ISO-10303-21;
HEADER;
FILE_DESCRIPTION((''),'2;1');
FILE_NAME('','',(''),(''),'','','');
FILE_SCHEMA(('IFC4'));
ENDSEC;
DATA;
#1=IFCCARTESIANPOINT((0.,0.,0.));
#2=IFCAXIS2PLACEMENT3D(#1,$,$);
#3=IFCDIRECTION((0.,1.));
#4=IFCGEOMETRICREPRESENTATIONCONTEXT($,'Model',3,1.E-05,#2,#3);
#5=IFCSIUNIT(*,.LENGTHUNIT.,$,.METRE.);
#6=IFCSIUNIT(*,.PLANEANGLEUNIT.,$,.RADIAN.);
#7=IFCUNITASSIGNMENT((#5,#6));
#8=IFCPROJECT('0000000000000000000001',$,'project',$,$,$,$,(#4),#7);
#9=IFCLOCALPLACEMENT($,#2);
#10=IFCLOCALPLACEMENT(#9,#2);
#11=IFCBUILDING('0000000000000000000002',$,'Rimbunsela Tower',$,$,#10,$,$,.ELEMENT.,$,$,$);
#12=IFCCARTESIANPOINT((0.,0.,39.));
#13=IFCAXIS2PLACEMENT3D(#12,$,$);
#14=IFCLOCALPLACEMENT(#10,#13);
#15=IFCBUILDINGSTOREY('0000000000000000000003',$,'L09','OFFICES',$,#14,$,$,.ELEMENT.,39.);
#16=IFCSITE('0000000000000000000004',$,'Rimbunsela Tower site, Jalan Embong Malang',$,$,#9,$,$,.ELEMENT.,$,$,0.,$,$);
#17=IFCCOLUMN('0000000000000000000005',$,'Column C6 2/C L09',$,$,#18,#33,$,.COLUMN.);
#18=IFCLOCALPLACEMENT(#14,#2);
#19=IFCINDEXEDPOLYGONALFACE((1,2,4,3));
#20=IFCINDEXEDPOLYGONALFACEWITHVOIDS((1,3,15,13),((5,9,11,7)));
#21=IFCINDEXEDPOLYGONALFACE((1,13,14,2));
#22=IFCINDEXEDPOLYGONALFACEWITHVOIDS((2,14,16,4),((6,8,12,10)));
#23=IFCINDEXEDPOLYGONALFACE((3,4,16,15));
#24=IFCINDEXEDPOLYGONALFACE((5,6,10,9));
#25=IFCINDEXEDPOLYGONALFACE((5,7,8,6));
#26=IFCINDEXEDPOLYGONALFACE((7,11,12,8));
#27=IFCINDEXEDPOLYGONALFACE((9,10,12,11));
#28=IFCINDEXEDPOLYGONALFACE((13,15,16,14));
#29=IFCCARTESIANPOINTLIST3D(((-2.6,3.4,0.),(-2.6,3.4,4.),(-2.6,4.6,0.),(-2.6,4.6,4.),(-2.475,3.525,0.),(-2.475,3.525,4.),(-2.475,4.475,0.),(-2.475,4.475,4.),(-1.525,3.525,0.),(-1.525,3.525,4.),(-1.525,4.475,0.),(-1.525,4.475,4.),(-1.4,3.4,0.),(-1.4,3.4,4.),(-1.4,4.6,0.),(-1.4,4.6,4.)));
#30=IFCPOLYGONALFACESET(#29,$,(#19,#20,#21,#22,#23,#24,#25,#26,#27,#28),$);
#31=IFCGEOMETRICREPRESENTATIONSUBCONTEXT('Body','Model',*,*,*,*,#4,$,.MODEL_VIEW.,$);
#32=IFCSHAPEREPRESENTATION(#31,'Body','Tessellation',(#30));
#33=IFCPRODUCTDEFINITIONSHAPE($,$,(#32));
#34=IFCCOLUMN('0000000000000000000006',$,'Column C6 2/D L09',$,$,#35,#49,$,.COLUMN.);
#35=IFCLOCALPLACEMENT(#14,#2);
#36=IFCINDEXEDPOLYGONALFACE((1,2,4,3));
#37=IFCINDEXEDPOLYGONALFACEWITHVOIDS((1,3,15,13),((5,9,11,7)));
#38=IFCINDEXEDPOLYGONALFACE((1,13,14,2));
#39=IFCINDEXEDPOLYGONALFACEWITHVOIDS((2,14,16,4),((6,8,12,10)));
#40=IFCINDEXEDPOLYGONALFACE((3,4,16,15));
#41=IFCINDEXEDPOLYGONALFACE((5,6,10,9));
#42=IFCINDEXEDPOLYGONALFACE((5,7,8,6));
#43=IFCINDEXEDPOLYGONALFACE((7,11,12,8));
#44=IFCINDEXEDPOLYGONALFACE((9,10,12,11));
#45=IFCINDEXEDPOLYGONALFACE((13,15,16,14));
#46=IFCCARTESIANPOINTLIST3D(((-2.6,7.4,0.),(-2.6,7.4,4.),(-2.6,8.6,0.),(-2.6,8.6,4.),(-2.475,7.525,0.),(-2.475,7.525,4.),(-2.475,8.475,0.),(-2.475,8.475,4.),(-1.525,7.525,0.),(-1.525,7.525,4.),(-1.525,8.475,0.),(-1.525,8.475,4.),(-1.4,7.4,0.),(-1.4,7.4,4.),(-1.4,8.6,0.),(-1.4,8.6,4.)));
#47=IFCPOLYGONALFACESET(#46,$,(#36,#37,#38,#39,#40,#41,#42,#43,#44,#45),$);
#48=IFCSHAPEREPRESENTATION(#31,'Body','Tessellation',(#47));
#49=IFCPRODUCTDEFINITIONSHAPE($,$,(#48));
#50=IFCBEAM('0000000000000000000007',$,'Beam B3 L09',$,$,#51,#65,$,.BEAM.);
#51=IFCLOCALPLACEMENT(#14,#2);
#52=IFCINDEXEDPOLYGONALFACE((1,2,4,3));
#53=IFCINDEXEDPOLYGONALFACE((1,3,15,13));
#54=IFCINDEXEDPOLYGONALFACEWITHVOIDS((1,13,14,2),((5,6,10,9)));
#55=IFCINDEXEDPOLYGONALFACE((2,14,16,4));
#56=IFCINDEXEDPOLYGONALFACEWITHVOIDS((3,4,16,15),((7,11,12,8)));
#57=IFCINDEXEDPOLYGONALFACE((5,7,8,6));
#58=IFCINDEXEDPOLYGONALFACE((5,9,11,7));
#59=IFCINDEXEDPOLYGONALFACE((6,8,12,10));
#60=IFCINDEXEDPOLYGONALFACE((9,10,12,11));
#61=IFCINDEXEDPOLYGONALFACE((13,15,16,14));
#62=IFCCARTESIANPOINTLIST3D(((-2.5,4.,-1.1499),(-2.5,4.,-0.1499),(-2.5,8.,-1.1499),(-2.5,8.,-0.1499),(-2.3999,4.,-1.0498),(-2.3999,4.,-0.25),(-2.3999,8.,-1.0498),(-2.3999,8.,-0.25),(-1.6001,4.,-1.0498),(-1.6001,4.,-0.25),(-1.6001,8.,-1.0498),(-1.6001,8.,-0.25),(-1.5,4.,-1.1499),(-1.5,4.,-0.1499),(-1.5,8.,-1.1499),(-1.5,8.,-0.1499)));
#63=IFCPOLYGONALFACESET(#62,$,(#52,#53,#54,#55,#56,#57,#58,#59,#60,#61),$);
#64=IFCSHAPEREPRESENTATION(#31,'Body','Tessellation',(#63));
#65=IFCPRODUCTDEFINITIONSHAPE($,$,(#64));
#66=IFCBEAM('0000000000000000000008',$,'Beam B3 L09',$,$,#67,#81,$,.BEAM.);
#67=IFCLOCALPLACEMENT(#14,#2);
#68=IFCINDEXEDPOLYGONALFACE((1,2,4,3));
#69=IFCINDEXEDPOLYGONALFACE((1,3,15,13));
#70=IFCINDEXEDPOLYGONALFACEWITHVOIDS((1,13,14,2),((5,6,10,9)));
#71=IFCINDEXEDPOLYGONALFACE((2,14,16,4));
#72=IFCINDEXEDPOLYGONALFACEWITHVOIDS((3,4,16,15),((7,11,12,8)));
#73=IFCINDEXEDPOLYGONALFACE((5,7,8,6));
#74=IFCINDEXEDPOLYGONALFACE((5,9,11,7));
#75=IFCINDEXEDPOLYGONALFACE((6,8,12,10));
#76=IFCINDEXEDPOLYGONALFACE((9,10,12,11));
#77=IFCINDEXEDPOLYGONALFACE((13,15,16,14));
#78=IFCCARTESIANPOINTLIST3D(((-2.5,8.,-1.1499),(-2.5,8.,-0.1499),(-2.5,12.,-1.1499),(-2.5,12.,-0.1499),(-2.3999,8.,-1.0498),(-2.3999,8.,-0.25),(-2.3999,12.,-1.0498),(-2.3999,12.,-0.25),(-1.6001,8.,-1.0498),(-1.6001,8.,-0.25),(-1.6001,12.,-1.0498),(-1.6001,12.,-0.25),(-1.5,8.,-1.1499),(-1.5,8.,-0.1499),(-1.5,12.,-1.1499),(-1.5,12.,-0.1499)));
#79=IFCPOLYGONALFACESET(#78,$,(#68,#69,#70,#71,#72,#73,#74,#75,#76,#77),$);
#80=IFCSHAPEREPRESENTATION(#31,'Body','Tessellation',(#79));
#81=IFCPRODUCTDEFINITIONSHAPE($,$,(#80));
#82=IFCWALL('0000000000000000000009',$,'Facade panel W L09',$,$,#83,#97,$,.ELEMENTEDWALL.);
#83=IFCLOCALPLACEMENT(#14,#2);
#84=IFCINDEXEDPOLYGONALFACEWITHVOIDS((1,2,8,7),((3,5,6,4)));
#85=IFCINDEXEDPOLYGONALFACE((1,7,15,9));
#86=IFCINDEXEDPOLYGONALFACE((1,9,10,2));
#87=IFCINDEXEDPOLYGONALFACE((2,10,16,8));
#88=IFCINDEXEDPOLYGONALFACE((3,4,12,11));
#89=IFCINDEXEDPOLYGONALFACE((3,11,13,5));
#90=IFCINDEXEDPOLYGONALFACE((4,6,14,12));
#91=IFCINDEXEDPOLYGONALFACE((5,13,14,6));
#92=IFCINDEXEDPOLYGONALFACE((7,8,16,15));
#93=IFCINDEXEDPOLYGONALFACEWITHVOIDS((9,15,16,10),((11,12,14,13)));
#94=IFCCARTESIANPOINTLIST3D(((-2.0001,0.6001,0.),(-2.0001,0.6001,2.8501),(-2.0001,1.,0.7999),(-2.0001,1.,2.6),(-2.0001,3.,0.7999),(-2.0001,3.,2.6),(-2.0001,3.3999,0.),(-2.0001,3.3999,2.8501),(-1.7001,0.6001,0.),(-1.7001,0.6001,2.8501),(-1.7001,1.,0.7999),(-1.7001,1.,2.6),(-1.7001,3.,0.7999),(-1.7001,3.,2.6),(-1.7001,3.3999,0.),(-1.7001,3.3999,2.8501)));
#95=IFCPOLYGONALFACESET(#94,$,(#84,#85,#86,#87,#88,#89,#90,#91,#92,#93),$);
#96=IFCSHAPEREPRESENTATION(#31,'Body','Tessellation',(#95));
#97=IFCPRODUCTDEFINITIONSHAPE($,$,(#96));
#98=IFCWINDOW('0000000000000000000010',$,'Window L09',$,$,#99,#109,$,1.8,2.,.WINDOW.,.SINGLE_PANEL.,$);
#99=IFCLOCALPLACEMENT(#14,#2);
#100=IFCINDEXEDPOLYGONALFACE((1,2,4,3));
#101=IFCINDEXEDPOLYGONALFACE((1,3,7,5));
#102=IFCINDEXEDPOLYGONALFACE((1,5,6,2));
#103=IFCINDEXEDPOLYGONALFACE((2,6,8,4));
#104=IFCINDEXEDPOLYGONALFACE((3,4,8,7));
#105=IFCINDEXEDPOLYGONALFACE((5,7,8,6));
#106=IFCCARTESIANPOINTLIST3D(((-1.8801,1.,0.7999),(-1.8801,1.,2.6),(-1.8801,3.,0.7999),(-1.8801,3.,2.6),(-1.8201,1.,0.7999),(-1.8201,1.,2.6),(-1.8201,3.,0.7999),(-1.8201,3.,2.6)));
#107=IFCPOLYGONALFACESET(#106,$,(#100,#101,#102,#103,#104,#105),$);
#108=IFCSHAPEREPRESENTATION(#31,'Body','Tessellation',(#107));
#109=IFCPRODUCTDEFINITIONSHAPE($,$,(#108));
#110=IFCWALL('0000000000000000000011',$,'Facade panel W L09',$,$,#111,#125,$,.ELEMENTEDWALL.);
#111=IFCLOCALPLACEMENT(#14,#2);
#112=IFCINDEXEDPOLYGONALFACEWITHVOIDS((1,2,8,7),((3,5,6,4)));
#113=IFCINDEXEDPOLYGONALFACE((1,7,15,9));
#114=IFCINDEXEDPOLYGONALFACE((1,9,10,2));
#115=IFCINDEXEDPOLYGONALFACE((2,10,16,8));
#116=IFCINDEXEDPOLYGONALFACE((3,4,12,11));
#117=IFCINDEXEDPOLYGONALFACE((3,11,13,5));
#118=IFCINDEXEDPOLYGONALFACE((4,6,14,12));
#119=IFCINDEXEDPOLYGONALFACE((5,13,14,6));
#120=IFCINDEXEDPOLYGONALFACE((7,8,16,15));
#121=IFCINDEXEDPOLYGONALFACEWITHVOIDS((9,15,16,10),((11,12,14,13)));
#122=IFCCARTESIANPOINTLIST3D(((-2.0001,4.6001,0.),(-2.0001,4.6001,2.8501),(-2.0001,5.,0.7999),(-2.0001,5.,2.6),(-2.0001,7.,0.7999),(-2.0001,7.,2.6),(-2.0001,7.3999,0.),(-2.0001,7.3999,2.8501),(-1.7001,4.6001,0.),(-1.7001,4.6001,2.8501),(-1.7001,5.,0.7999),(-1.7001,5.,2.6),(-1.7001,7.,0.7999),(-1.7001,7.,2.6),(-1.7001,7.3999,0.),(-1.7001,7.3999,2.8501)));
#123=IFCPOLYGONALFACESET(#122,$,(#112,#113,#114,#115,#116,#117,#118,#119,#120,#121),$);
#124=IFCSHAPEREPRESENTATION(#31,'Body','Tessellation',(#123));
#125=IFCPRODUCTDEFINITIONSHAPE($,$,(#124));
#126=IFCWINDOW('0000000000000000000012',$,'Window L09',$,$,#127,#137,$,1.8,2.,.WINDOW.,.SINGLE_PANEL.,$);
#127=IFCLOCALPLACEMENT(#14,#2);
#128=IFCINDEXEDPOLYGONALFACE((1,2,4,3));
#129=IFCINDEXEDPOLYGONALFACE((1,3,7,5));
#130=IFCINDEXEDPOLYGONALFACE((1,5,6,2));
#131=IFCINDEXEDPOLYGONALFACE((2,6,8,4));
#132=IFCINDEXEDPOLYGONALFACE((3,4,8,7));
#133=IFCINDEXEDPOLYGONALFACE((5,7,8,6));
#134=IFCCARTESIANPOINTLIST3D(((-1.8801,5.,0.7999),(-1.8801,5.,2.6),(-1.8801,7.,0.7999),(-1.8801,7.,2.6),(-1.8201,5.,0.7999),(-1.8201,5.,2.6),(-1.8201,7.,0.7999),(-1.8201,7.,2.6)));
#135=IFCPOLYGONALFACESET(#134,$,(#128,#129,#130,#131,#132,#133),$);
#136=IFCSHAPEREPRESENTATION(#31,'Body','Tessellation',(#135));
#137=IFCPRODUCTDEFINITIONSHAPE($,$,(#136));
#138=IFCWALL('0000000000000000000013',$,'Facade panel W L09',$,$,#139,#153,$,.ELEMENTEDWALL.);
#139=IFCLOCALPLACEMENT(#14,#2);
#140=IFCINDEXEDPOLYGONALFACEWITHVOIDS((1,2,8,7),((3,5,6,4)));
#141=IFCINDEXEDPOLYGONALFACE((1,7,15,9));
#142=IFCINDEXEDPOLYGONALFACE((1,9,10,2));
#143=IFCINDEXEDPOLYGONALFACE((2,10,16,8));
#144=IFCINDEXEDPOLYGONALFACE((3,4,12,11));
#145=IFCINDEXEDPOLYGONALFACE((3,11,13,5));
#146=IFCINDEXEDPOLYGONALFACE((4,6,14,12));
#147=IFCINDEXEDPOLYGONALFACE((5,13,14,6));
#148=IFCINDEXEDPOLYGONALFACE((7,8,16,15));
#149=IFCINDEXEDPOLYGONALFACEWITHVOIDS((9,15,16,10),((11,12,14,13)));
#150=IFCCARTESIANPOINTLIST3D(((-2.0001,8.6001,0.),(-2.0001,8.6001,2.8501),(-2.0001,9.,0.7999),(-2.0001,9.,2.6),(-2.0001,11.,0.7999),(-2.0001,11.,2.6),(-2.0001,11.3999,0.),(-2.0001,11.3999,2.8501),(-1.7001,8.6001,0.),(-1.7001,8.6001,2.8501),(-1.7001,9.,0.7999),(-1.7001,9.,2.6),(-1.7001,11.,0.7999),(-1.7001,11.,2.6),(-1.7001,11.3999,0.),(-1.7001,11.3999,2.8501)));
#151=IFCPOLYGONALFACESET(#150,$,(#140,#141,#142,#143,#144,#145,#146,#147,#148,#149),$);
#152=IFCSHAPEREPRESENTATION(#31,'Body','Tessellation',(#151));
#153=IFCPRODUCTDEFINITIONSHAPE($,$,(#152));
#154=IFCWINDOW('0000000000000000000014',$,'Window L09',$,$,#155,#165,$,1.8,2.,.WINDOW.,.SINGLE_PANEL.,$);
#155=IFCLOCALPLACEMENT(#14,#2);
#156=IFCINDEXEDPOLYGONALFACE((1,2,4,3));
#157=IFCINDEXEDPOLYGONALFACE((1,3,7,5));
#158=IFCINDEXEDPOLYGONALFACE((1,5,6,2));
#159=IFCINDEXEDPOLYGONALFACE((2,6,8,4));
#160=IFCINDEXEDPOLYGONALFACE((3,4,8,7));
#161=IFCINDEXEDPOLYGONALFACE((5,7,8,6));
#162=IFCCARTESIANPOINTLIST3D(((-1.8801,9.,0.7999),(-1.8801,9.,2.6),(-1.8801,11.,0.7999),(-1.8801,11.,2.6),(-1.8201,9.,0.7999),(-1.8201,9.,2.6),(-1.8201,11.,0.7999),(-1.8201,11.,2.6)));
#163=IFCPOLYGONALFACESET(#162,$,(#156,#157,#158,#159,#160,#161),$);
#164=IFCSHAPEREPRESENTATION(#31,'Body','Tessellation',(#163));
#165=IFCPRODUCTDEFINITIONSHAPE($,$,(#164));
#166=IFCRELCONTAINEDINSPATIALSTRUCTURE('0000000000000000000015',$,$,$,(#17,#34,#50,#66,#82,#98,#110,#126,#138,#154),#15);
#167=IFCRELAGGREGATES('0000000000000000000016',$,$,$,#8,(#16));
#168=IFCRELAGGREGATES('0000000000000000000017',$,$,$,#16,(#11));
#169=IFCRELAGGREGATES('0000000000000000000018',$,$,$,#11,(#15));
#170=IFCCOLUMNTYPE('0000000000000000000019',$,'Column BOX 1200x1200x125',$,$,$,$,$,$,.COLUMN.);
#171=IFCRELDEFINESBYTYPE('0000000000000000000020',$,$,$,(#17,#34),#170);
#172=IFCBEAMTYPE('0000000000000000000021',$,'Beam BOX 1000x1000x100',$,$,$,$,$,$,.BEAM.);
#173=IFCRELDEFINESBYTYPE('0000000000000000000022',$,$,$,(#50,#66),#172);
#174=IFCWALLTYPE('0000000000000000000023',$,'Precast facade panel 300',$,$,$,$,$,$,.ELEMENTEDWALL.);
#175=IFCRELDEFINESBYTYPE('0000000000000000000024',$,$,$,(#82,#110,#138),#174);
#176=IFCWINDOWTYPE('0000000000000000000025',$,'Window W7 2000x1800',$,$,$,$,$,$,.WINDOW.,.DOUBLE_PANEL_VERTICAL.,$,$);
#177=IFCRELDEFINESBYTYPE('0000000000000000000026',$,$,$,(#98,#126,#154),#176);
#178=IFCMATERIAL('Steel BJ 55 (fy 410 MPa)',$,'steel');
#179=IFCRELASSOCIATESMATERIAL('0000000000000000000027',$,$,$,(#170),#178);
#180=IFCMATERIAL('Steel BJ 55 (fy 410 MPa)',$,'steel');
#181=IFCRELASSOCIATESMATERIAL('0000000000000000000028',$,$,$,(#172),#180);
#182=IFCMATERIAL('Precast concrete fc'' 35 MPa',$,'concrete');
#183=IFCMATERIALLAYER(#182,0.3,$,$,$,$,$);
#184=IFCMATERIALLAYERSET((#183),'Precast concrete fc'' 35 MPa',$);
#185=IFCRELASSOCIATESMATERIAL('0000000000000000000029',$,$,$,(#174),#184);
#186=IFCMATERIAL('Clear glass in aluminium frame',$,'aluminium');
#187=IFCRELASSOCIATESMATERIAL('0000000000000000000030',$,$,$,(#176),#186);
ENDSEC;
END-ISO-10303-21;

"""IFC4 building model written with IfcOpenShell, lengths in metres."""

from ifc_helpers import new_model, si_unit, direction, frame, frame_2d, origin, origin_2d, place, context, subcontext, project, spatial, rectangle, hollow_rectangle, extrude, material, layer, layer_set, material_profile, profile_set, type_object, element, fill, save


model = new_model("IFC4")

# Units and contexts
model_context = context("Model", 3, precision=1e-05, world=origin(), true_north=direction((0.0, 1.0)))
body_context = subcontext(model_context, "Body", "Model", "MODEL_VIEW")
ifc_project = project(units=[si_unit("LENGTHUNIT", "METRE"), si_unit("PLANEANGLEUNIT", "RADIAN")], contexts=[model_context])

# Site, building, storey
site_placement = place(None, origin())
site = spatial("IfcSite", under=ifc_project, at=site_placement, Name="Rimbunsela Tower site, Jalan Embong Malang", CompositionType="ELEMENT", RefElevation=0.0)
building_placement = place(site_placement, origin())
building = spatial("IfcBuilding", under=site, at=building_placement, Name="Rimbunsela Tower", CompositionType="ELEMENT")
storey_placement = place(building_placement, frame((0.0, 0.0, 39.0)))
storey = spatial("IfcBuildingStorey", under=building, at=storey_placement, Name="L09", Description="OFFICES", CompositionType="ELEMENT", Elevation=39.0)

# Columns
ifc_material_1 = material(Name="Steel BJ 55 (fy 410 MPa)", Category="steel")
ifc_material_profile_1 = material_profile(ifc_material_1, hollow_rectangle(XDim=1.2, YDim=1.2, WallThickness=0.125, at=origin_2d()), Name="BOX 1200x1200x125")
ifc_profile_set_1 = profile_set([ifc_material_profile_1], Name="Steel BJ 55 (fy 410 MPa)")
column_type = type_object("IfcColumnType", Name="Column BOX 1200x1200x125", PredefinedType="COLUMN", material=ifc_profile_set_1)
for number, where, z_axis, x_axis, name in (
    (1, (-2.0, 4.0, 0.0), (0.0, 0.0, 1.0), (1.0, 0.0, 0.0), "Column C6 2/C L09"),
    (2, (-2.0, 8.0, 0.0), (0.0, 0.0, 1.0), (1.0, 0.0, 0.0), "Column C6 2/D L09"),
):
    element("IfcColumn", number, at=place(storey_placement, frame(where, z_axis=z_axis, x_axis=x_axis)), inside=storey, type_object=column_type, Name=name, PredefinedType="COLUMN", context=body_context, shape_type="SweptSolid", body=[
        extrude(hollow_rectangle(XDim=1.2, YDim=1.2, WallThickness=0.125, at=origin_2d()), origin(), (0.0, 0.0, 1.0), 4.0),
    ])

# Beams
ifc_material_2 = material(Name="Steel BJ 55 (fy 410 MPa)", Category="steel")
ifc_material_profile_2 = material_profile(ifc_material_2, hollow_rectangle(XDim=1.0, YDim=1.0, WallThickness=0.1001, at=origin_2d()), Name="BOX 1000x1000x100")
ifc_profile_set_2 = profile_set([ifc_material_profile_2], Name="Steel BJ 55 (fy 410 MPa)")
beam_type = type_object("IfcBeamType", Name="Beam BOX 1000x1000x100", PredefinedType="BEAM", material=ifc_profile_set_2)
for number, where, z_axis, x_axis, name in (
    (3, (-2.0, 4.0, -0.6499), (0.0, 1.0, 0.0), (-1.0, 0.0, 0.0), "Beam B3 L09"),
    (4, (-2.0, 8.0, -0.6499), (0.0, 1.0, 0.0), (-1.0, 0.0, 0.0), "Beam B3 L09"),
):
    element("IfcBeam", number, at=place(storey_placement, frame(where, z_axis=z_axis, x_axis=x_axis)), inside=storey, type_object=beam_type, Name=name, PredefinedType="BEAM", context=body_context, shape_type="SweptSolid", body=[
        extrude(hollow_rectangle(XDim=1.0, YDim=1.0, WallThickness=0.1001, at=origin_2d()), origin(), (0.0, 0.0, 1.0), 4.0),
    ])

# Walls, openings, windows
ifc_material_3 = material(Name="Precast concrete fc' 35 MPa", Category="concrete")
ifc_layer_1 = layer(ifc_material_3, 0.3)
ifc_layer_set_1 = layer_set([ifc_layer_1], Name="Precast concrete fc' 35 MPa")
wall_type = type_object("IfcWallType", Name="Precast facade panel 300", PredefinedType="ELEMENTEDWALL", material=ifc_layer_set_1)
wall_1_placement = place(storey_placement, frame((-1.8501, 3.3999, 0.0), z_axis=(0.0, 0.0, 1.0), x_axis=(0.0, -1.0, 0.0)))
wall_1 = element("IfcWall", 5, at=wall_1_placement, inside=storey, type_object=wall_type, Name="Facade panel W L09", PredefinedType="ELEMENTEDWALL", context=body_context, shape_type="SweptSolid", body=[
    extrude(rectangle(XDim=2.7998, YDim=0.3, at=frame_2d((1.3999, 0.0))), origin(), (0.0, 0.0, 1.0), 2.8501),
])
opening_1_placement = place(wall_1_placement, frame((0.3999, 0.0, 0.8)))
opening_1 = element("IfcOpeningElement", 6, at=opening_1_placement, cuts=wall_1, PredefinedType="OPENING", context=body_context, shape_type="SweptSolid", body=[
    extrude(rectangle(XDim=2.0, YDim=1.8, at=frame_2d((1.0, 0.8999))), frame((0.0, 0.1599, 0.0), z_axis=(0.0, -1.0, 0.0), x_axis=(1.0, 0.0, 0.0)), (0.0, 0.0, 1.0), 0.3201),
])
ifc_material_4 = material(Name="Clear glass in aluminium frame", Category="aluminium")
window_type = type_object("IfcWindowType", Name="Window W7 2000x1800", PartitioningType="DOUBLE_PANEL_VERTICAL", PredefinedType="WINDOW", material=ifc_material_4)
window_1_placement = place(opening_1_placement, origin())
window_1 = element("IfcWindow", 7, at=window_1_placement, inside=storey, type_object=window_type, Name="Window L09", OverallHeight=1.8, OverallWidth=2.0, PartitioningType="SINGLE_PANEL", PredefinedType="WINDOW", context=body_context, shape_type="SweptSolid", body=[
    extrude(rectangle(XDim=2.0, YDim=1.8, at=frame_2d((1.0, 0.8999))), frame((0.0, 0.03, 0.0), z_axis=(0.0, -1.0, 0.0), x_axis=(1.0, 0.0, 0.0)), (0.0, 0.0, 1.0), 0.0601),
])
fill(opening_1, window_1)
wall_2_placement = place(storey_placement, frame((-1.8501, 7.3999, 0.0), z_axis=(0.0, 0.0, 1.0), x_axis=(0.0, -1.0, 0.0)))
wall_2 = element("IfcWall", 8, at=wall_2_placement, inside=storey, type_object=wall_type, Name="Facade panel W L09", PredefinedType="ELEMENTEDWALL", context=body_context, shape_type="SweptSolid", body=[
    extrude(rectangle(XDim=2.7998, YDim=0.3, at=frame_2d((1.3999, 0.0))), origin(), (0.0, 0.0, 1.0), 2.8501),
])
opening_2_placement = place(wall_2_placement, frame((0.3999, 0.0, 0.8)))
opening_2 = element("IfcOpeningElement", 9, at=opening_2_placement, cuts=wall_2, PredefinedType="OPENING", context=body_context, shape_type="SweptSolid", body=[
    extrude(rectangle(XDim=2.0, YDim=1.8, at=frame_2d((1.0, 0.8999))), frame((0.0, 0.1599, 0.0), z_axis=(0.0, -1.0, 0.0), x_axis=(1.0, 0.0, 0.0)), (0.0, 0.0, 1.0), 0.3201),
])
window_2_placement = place(opening_2_placement, origin())
window_2 = element("IfcWindow", 10, at=window_2_placement, inside=storey, type_object=window_type, Name="Window L09", OverallHeight=1.8, OverallWidth=2.0, PartitioningType="SINGLE_PANEL", PredefinedType="WINDOW", context=body_context, shape_type="SweptSolid", body=[
    extrude(rectangle(XDim=2.0, YDim=1.8, at=frame_2d((1.0, 0.8999))), frame((0.0, 0.03, 0.0), z_axis=(0.0, -1.0, 0.0), x_axis=(1.0, 0.0, 0.0)), (0.0, 0.0, 1.0), 0.0601),
])
fill(opening_2, window_2)
wall_3_placement = place(storey_placement, frame((-1.8501, 11.3999, 0.0), z_axis=(0.0, 0.0, 1.0), x_axis=(0.0, -1.0, 0.0)))
wall_3 = element("IfcWall", 11, at=wall_3_placement, inside=storey, type_object=wall_type, Name="Facade panel W L09", PredefinedType="ELEMENTEDWALL", context=body_context, shape_type="SweptSolid", body=[
    extrude(rectangle(XDim=2.7998, YDim=0.3, at=frame_2d((1.3999, 0.0))), origin(), (0.0, 0.0, 1.0), 2.8501),
])
opening_3_placement = place(wall_3_placement, frame((0.3999, 0.0, 0.8)))
opening_3 = element("IfcOpeningElement", 12, at=opening_3_placement, cuts=wall_3, PredefinedType="OPENING", context=body_context, shape_type="SweptSolid", body=[
    extrude(rectangle(XDim=2.0, YDim=1.8, at=frame_2d((1.0, 0.8999))), frame((0.0, 0.1599, 0.0), z_axis=(0.0, -1.0, 0.0), x_axis=(1.0, 0.0, 0.0)), (0.0, 0.0, 1.0), 0.3201),
])
window_3_placement = place(opening_3_placement, origin())
window_3 = element("IfcWindow", 13, at=window_3_placement, inside=storey, type_object=window_type, Name="Window L09", OverallHeight=1.8, OverallWidth=2.0, PartitioningType="SINGLE_PANEL", PredefinedType="WINDOW", context=body_context, shape_type="SweptSolid", body=[
    extrude(rectangle(XDim=2.0, YDim=1.8, at=frame_2d((1.0, 0.8999))), frame((0.0, 0.03, 0.0), z_axis=(0.0, -1.0, 0.0), x_axis=(1.0, 0.0, 0.0)), (0.0, 0.0, 1.0), 0.0601),
])
fill(opening_3, window_3)

save(model, "model.ifc")
